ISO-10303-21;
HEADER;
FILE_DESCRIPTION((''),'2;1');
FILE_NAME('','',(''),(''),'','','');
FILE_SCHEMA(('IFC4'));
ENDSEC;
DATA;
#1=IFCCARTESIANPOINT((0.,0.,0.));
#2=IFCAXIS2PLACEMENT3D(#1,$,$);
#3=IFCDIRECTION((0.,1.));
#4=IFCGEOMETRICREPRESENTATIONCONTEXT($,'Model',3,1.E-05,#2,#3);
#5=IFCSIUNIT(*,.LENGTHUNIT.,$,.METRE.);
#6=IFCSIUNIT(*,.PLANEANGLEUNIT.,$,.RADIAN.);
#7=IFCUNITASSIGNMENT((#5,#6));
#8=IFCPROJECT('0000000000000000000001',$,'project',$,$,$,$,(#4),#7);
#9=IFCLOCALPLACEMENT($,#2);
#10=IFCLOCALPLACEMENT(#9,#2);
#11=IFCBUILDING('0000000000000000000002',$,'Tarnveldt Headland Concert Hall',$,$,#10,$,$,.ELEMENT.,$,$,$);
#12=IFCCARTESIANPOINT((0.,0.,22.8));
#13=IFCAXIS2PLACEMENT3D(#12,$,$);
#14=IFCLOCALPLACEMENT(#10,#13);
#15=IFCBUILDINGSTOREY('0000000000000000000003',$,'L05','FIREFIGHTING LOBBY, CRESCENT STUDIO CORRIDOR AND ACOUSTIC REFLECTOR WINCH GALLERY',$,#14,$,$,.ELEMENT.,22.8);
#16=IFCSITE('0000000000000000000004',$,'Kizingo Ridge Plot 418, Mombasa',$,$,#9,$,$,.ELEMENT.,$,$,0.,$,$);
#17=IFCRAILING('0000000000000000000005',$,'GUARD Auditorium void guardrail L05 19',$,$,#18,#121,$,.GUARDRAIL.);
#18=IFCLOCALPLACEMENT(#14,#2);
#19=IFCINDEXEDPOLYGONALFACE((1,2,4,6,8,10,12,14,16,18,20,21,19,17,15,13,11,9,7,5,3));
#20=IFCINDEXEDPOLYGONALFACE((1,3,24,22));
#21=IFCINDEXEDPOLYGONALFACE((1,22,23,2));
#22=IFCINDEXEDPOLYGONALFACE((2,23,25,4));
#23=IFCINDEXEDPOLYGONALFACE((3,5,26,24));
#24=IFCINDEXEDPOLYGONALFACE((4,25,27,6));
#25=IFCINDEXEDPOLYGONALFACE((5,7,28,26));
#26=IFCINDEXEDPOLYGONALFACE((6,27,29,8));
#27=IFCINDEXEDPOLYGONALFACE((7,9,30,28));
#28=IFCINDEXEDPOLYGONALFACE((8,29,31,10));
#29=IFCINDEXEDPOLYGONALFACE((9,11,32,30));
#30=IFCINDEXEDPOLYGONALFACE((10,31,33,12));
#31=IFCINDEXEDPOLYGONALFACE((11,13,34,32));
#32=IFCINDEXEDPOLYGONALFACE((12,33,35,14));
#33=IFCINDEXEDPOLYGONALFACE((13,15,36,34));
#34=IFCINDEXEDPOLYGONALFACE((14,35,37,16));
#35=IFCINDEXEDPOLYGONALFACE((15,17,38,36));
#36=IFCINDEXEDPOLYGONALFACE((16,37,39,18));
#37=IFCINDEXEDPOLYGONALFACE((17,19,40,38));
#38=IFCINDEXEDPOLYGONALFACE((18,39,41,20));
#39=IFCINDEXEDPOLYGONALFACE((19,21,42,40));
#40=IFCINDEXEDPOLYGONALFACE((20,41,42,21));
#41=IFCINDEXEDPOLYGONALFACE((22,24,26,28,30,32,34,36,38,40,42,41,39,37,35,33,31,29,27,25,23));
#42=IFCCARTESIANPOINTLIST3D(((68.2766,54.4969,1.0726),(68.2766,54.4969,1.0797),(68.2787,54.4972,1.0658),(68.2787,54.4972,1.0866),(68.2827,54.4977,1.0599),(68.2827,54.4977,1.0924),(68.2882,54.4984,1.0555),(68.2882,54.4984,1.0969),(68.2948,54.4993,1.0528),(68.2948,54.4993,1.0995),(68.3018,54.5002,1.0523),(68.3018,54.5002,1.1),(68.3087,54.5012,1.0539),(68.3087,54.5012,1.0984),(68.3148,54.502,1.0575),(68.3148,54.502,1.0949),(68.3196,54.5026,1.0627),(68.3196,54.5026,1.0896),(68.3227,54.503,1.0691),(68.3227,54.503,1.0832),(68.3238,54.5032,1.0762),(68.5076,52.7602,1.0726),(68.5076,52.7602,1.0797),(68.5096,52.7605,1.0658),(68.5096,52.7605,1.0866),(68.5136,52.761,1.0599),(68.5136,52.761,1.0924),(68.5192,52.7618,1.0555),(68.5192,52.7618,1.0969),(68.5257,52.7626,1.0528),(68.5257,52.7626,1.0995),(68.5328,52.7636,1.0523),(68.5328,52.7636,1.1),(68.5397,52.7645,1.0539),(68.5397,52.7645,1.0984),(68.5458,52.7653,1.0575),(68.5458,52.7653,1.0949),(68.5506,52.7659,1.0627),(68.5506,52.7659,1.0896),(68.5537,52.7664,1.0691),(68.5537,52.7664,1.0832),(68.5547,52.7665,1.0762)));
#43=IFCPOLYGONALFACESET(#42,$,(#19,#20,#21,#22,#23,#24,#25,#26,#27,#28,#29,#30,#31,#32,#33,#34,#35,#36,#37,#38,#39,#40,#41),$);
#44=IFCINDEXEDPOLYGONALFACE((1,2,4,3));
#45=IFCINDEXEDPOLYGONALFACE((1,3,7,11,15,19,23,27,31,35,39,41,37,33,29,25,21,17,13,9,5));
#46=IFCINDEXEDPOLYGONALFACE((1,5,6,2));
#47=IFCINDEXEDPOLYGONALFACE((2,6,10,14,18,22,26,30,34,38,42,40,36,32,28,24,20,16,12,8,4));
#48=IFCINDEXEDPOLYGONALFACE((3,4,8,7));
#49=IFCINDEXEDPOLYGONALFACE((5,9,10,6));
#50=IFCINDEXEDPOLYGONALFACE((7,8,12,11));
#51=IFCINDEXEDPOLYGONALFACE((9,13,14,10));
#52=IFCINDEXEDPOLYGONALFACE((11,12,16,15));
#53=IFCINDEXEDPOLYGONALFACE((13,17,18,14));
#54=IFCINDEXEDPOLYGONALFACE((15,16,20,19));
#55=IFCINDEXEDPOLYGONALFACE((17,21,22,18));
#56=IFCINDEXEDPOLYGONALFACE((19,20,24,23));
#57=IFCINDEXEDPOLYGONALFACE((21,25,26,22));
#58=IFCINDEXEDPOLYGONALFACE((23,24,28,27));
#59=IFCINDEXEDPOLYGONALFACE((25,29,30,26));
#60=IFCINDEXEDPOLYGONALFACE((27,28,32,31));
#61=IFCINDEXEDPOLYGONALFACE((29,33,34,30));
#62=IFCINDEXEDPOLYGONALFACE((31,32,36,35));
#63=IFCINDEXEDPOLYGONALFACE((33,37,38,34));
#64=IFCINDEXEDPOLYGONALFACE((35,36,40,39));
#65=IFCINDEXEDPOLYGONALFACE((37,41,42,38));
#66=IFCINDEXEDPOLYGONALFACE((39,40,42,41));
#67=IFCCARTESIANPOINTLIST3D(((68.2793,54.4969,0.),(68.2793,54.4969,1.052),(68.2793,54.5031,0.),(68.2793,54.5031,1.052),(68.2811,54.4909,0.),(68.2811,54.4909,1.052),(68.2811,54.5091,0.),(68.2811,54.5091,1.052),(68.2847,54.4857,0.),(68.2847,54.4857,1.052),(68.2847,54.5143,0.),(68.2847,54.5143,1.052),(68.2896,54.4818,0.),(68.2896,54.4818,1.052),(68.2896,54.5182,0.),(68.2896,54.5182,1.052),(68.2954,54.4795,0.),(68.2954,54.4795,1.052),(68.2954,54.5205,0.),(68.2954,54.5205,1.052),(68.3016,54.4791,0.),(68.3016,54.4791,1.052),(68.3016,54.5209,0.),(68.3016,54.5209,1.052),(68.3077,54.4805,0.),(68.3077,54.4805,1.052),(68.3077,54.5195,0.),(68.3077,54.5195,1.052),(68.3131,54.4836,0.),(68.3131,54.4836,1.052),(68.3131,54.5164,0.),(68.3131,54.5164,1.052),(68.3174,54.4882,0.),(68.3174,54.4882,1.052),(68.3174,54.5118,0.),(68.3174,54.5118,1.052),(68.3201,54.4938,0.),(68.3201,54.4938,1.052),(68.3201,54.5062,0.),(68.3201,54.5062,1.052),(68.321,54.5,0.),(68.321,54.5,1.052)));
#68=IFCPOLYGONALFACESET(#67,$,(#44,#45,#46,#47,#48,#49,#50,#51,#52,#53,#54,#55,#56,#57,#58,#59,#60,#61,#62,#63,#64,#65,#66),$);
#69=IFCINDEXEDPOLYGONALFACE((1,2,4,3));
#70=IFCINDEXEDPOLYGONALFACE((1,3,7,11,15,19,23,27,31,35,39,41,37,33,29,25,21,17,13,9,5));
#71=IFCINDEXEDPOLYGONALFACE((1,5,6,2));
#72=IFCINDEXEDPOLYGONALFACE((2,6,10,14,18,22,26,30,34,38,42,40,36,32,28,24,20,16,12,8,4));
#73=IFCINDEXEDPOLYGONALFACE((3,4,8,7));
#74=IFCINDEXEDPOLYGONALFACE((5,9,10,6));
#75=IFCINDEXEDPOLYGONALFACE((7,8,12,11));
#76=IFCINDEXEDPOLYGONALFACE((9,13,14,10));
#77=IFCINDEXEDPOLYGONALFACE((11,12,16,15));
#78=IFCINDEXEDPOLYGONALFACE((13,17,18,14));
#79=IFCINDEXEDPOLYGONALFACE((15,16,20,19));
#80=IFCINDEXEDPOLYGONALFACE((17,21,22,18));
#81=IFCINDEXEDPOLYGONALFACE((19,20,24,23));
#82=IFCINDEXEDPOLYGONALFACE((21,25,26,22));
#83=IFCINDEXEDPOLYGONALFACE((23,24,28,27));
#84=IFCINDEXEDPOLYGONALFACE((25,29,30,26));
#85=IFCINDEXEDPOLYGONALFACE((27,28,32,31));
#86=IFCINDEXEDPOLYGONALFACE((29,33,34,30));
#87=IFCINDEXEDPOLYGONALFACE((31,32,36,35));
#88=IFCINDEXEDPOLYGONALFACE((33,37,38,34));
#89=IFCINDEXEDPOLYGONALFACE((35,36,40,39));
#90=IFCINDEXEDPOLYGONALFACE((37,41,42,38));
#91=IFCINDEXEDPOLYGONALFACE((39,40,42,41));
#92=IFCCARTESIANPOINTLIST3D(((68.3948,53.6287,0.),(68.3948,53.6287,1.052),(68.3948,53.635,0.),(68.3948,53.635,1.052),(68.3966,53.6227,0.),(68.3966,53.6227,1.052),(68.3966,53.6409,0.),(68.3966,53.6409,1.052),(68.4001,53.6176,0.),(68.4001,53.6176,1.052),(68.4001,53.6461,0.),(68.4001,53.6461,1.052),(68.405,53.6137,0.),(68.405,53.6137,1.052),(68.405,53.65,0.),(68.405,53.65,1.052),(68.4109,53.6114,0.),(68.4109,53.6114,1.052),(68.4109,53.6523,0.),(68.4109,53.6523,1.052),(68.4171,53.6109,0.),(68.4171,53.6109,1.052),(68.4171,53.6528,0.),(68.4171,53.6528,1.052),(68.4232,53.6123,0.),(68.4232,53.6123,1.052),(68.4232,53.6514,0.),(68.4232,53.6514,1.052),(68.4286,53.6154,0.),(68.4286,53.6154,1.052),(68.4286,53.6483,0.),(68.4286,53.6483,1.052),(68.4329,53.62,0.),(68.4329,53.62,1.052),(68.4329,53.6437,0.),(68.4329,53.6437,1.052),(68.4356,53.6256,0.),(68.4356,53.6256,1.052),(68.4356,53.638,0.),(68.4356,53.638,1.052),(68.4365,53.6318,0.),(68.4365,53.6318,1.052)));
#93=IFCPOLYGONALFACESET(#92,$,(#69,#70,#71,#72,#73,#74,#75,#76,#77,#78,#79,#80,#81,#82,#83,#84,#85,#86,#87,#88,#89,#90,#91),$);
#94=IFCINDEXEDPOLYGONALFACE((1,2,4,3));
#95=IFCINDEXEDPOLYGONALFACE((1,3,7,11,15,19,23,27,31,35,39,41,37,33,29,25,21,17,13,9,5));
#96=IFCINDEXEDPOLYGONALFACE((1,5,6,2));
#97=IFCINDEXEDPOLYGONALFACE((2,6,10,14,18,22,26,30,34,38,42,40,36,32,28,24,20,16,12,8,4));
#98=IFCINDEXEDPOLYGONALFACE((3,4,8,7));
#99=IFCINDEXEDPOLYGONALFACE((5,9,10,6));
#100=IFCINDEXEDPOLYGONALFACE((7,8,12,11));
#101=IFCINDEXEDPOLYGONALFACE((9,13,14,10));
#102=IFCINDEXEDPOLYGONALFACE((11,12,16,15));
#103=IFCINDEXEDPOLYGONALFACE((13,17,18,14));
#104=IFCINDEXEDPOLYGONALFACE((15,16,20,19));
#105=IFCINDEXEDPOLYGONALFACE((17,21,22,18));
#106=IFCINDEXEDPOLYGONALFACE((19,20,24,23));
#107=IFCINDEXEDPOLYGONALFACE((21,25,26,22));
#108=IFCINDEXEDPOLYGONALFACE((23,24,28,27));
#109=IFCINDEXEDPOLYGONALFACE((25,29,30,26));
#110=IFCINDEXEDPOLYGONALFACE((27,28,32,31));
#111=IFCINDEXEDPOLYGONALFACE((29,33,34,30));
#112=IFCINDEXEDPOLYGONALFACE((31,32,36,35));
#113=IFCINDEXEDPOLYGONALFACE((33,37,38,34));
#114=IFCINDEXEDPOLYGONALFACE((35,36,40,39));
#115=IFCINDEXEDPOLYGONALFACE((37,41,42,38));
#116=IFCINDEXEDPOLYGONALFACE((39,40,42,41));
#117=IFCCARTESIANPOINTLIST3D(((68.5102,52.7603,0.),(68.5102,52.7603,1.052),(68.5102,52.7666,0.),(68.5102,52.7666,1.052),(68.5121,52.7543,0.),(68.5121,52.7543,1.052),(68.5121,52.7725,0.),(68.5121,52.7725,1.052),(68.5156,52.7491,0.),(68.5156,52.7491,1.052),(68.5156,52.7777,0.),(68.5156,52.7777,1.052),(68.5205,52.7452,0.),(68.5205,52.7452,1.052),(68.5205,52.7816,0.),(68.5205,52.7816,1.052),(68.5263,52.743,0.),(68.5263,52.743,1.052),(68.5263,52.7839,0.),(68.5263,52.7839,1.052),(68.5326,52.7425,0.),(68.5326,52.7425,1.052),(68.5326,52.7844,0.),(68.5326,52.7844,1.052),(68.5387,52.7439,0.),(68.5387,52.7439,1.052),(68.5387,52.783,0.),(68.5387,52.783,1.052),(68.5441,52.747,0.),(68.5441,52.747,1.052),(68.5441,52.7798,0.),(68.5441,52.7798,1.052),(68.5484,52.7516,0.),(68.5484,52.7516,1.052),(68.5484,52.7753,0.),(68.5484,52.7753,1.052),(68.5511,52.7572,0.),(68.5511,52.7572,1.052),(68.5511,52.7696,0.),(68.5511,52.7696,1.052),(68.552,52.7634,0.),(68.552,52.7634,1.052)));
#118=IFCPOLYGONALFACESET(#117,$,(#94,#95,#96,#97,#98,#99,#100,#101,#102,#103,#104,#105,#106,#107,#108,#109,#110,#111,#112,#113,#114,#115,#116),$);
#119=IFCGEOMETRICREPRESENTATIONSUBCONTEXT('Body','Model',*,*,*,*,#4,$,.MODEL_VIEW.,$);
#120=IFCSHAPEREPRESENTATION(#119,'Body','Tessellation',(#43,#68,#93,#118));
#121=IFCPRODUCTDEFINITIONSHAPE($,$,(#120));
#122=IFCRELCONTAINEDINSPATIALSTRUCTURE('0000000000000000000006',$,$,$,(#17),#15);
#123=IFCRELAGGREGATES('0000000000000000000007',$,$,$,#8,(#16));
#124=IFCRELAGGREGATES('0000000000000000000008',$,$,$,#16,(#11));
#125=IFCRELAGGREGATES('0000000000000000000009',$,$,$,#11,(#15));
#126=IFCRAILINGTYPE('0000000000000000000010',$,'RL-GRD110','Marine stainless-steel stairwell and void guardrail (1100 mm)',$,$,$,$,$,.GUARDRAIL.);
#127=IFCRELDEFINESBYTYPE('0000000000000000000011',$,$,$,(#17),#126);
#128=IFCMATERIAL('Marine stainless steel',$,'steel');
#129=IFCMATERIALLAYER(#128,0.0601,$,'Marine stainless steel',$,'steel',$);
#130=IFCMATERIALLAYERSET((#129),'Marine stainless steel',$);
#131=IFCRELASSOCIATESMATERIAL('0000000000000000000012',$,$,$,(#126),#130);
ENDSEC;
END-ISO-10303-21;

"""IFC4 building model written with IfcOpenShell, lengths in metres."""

from ifc_helpers import new_model, si_unit, direction, frame, origin, origin_2d, place, context, subcontext, project, spatial, circle, extrude, material, layer, layer_set, type_object, element, save


model = new_model("IFC4")

# Units and contexts
model_context = context("Model", 3, precision=1e-05, world=origin(), true_north=direction((0.0, 1.0)))
body_context = subcontext(model_context, "Body", "Model", "MODEL_VIEW")
ifc_project = project(units=[si_unit("LENGTHUNIT", "METRE"), si_unit("PLANEANGLEUNIT", "RADIAN")], contexts=[model_context])

# Site, building, storey
site_placement = place(None, origin())
site = spatial("IfcSite", under=ifc_project, at=site_placement, Name="Kizingo Ridge Plot 418, Mombasa", CompositionType="ELEMENT", RefElevation=0.0)
building_placement = place(site_placement, origin())
building = spatial("IfcBuilding", under=site, at=building_placement, Name="Tarnveldt Headland Concert Hall", CompositionType="ELEMENT")
storey_placement = place(building_placement, frame((0.0, 0.0, 22.8)))
storey = spatial("IfcBuildingStorey", under=building, at=storey_placement, Name="L05", Description="FIREFIGHTING LOBBY, CRESCENT STUDIO CORRIDOR AND ACOUSTIC REFLECTOR WINCH GALLERY", CompositionType="ELEMENT", Elevation=22.8)

# Railing
ifc_material_1 = material(Name="Marine stainless steel", Category="steel")
ifc_layer_1 = layer(ifc_material_1, 0.0601, Name="Marine stainless steel", Category="steel")
ifc_layer_set_1 = layer_set([ifc_layer_1], Name="Marine stainless steel")
railing_type = type_object("IfcRailingType", Name="RL-GRD110", Description="Marine stainless-steel stairwell and void guardrail (1100 mm)", PredefinedType="GUARDRAIL", material=ifc_layer_set_1)
railing_1_placement = place(storey_placement, frame((68.3, 54.5, 0.0)))
element("IfcRailing", 1, at=railing_1_placement, inside=storey, type_object=railing_type, Name="GUARD Auditorium void guardrail L05 19", PredefinedType="GUARDRAIL", context=body_context, shape_type="SweptSolid", body=[
    extrude(circle(Radius=0.0239, at=origin_2d()), frame((0.0, 0.0, 1.0762), z_axis=(0.131835, -0.991272, 0.0), x_axis=(0.991272, 0.131835, 0.0)), (0.0, 0.0, 1.0), 1.752),
    extrude(circle(Radius=0.021, at=origin_2d()), origin(), (0.0, 0.0, 1.0), 1.052),
    extrude(circle(Radius=0.021, at=origin_2d()), frame((0.1155, -0.8682, 0.0)), (0.0, 0.0, 1.0), 1.052),
    extrude(circle(Radius=0.021, at=origin_2d()), frame((0.231, -1.7366, 0.0)), (0.0, 0.0, 1.0), 1.052),
])

save(model, "model.ifc")
